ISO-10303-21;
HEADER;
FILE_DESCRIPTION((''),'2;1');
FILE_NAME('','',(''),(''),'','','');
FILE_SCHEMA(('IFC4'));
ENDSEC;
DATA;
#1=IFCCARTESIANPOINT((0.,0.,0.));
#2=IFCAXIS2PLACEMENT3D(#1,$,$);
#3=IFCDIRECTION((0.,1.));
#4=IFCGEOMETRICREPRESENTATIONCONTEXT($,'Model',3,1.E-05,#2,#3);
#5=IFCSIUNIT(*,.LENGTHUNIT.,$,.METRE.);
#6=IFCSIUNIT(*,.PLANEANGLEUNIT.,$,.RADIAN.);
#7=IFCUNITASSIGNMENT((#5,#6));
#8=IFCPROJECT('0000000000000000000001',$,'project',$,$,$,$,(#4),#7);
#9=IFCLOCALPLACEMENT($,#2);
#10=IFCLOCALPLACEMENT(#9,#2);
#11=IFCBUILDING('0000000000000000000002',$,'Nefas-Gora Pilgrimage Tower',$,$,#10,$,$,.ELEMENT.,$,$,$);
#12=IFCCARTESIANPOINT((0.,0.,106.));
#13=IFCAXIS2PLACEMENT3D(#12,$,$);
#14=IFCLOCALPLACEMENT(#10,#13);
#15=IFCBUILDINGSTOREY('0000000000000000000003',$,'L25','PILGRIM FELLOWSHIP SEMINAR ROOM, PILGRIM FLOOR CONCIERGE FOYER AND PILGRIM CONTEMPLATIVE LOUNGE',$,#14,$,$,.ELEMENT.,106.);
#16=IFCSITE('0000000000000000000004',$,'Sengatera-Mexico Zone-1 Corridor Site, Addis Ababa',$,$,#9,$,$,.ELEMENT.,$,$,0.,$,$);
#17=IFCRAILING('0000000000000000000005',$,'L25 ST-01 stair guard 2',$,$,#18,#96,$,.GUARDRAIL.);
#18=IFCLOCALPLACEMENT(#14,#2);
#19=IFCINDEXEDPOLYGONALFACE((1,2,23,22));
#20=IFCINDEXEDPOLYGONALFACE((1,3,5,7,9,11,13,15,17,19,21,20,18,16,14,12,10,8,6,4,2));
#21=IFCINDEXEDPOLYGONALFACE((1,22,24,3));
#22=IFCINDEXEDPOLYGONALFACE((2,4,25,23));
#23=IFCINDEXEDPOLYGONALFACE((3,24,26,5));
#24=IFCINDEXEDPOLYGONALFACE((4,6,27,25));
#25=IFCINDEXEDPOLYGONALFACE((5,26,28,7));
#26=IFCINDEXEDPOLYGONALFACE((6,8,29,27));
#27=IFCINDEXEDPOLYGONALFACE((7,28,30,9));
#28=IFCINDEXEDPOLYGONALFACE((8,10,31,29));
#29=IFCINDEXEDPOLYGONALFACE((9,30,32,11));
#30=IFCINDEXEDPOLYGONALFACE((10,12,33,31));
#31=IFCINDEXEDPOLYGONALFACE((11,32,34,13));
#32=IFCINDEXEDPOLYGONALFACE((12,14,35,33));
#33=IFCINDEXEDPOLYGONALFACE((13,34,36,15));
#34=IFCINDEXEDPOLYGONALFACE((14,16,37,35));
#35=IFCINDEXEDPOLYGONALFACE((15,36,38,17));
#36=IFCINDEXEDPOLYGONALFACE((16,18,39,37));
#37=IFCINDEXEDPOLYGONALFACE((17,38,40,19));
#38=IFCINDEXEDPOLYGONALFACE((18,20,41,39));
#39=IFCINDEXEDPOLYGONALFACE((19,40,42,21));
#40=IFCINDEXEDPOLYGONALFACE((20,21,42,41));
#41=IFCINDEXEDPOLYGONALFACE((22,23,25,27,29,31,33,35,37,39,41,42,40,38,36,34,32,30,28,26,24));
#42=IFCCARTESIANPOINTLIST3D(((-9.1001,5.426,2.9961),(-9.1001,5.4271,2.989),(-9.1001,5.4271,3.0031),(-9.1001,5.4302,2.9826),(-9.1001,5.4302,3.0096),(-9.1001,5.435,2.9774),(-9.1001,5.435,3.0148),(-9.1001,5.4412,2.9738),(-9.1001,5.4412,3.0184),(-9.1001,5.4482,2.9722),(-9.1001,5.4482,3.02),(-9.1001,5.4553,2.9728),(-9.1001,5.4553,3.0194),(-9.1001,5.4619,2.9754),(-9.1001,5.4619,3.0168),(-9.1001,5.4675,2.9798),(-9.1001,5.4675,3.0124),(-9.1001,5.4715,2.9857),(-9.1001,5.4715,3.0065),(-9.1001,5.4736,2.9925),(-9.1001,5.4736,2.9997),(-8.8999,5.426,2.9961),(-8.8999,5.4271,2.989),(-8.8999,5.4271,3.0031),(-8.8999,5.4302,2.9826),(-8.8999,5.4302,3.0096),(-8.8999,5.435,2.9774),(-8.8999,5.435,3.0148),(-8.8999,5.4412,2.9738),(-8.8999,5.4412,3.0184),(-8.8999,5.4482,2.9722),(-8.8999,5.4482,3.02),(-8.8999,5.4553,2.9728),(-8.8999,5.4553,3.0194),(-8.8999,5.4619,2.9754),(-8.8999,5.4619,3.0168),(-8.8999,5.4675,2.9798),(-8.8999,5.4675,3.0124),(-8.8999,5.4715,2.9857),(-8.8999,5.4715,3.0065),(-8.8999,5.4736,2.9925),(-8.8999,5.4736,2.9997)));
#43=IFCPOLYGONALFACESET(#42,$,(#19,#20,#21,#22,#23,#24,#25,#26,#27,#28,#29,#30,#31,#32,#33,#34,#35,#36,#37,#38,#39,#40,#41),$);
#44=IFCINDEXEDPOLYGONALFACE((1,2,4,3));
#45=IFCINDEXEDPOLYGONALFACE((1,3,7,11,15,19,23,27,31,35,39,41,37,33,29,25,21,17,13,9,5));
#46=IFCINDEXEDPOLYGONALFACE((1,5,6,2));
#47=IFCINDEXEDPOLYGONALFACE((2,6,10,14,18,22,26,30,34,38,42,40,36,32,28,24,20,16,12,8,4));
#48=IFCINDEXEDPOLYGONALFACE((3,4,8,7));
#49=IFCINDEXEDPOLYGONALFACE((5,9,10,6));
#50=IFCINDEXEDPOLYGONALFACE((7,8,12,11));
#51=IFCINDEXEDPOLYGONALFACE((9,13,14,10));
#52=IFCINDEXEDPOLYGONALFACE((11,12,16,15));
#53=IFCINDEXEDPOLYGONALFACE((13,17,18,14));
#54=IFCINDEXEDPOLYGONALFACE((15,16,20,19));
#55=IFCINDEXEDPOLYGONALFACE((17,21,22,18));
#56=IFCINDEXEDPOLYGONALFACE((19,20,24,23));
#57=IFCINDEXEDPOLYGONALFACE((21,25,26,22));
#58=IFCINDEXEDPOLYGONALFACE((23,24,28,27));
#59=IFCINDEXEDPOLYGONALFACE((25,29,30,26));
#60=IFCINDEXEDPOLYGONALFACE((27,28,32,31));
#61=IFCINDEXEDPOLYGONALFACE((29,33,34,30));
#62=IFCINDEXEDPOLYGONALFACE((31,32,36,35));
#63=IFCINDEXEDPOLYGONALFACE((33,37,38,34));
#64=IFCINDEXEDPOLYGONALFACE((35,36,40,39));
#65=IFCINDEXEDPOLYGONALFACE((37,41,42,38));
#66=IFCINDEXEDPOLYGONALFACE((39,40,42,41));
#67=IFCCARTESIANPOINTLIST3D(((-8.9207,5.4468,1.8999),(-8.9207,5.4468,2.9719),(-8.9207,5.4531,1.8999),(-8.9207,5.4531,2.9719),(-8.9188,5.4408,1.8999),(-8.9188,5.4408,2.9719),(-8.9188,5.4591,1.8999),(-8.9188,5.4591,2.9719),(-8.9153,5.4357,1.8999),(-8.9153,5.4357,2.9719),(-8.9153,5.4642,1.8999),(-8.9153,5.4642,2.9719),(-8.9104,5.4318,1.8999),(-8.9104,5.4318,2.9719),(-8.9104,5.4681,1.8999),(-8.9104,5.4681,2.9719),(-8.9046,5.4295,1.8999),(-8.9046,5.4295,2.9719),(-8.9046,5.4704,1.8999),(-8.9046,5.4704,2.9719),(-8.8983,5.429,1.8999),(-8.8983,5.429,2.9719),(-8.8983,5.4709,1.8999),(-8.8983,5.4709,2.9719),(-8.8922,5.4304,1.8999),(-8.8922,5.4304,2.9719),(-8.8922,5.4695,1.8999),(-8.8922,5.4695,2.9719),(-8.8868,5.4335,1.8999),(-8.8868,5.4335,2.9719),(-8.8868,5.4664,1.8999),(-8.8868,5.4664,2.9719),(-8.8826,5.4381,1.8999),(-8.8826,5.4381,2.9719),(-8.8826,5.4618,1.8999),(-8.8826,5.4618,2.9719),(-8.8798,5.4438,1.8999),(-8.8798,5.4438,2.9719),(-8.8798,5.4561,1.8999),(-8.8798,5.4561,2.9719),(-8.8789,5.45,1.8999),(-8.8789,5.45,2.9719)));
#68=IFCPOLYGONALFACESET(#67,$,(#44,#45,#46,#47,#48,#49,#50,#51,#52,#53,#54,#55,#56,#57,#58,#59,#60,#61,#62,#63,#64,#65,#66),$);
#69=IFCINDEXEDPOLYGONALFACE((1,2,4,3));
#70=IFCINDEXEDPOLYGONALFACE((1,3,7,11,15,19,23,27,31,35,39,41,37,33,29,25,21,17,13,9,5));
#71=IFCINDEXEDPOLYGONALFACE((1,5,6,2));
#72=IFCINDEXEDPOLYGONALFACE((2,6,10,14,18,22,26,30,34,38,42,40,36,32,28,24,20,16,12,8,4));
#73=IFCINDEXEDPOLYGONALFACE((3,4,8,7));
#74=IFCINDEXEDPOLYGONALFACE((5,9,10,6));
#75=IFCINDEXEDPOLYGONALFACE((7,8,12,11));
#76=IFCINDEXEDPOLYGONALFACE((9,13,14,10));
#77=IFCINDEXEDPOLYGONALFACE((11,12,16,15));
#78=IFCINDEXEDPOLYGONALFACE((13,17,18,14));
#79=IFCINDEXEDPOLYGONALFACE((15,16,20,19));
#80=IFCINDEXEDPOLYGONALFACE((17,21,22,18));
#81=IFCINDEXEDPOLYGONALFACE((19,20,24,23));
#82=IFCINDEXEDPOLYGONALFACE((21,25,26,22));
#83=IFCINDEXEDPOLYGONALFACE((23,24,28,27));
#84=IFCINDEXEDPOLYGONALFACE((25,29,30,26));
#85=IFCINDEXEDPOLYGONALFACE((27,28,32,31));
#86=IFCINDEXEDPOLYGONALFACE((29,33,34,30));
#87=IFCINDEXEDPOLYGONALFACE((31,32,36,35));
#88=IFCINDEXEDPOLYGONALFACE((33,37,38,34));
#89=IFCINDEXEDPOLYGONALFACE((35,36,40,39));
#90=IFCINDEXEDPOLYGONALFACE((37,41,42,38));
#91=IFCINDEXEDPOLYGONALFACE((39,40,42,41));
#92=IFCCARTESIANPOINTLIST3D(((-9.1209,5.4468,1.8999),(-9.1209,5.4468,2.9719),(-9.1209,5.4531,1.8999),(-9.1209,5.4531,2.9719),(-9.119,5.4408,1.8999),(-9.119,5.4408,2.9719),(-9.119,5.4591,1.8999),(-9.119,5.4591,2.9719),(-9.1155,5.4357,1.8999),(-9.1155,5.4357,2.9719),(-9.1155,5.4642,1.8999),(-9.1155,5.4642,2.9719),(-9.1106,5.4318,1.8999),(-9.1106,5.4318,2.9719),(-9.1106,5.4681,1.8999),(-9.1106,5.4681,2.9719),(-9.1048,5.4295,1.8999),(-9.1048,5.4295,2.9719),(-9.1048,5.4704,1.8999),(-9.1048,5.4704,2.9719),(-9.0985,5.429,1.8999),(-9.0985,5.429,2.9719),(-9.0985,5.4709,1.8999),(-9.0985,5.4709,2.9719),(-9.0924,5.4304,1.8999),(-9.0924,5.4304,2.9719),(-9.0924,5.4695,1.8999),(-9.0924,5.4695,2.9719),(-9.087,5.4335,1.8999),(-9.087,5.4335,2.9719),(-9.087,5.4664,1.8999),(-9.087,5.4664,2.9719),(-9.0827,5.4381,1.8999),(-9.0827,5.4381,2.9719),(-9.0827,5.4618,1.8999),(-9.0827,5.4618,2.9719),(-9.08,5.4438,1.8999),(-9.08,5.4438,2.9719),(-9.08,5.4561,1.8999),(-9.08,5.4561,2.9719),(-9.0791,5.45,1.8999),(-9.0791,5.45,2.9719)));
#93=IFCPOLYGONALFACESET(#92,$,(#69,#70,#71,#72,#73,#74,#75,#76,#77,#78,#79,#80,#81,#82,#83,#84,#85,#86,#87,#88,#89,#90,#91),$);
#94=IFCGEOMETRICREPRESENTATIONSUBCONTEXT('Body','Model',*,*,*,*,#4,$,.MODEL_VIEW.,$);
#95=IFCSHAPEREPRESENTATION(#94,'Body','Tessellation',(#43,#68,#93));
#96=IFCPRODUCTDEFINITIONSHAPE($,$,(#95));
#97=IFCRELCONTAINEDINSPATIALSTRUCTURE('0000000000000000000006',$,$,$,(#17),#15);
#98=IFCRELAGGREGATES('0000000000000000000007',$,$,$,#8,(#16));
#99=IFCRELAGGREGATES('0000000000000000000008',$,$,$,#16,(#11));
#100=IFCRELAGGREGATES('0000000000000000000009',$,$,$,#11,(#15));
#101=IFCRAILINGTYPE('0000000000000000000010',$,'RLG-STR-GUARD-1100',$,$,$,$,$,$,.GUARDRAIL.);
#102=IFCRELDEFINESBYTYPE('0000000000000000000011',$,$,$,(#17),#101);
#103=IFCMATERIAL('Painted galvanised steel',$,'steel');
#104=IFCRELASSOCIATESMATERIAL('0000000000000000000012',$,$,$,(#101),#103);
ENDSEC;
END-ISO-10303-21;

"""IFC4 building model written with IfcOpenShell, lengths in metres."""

from ifc_helpers import new_model, si_unit, direction, frame, origin, origin_2d, place, context, subcontext, project, spatial, circle, extrude, material, type_object, element, save


model = new_model("IFC4")

# Units and contexts
model_context = context("Model", 3, precision=1e-05, world=origin(), true_north=direction((0.0, 1.0)))
body_context = subcontext(model_context, "Body", "Model", "MODEL_VIEW")
ifc_project = project(units=[si_unit("LENGTHUNIT", "METRE"), si_unit("PLANEANGLEUNIT", "RADIAN")], contexts=[model_context])

# Site, building, storey
site_placement = place(None, origin())
site = spatial("IfcSite", under=ifc_project, at=site_placement, Name="Sengatera-Mexico Zone-1 Corridor Site, Addis Ababa", CompositionType="ELEMENT", RefElevation=0.0)
building_placement = place(site_placement, origin())
building = spatial("IfcBuilding", under=site, at=building_placement, Name="Nefas-Gora Pilgrimage Tower", CompositionType="ELEMENT")
storey_placement = place(building_placement, frame((0.0, 0.0, 106.0)))
storey = spatial("IfcBuildingStorey", under=building, at=storey_placement, Name="L25", Description="PILGRIM FELLOWSHIP SEMINAR ROOM, PILGRIM FLOOR CONCIERGE FOYER AND PILGRIM CONTEMPLATIVE LOUNGE", CompositionType="ELEMENT", Elevation=106.0)

# Railing
ifc_material_1 = material(Name="Painted galvanised steel", Category="steel")
railing_type_1 = type_object("IfcRailingType", Name="RLG-STR-GUARD-1100", PredefinedType="GUARDRAIL", material=ifc_material_1)
railing_1_placement = place(storey_placement, frame((-8.8999, 5.45, 1.8999)))
element("IfcRailing", 1, at=railing_1_placement, inside=storey, type_object=railing_type_1, Name="L25 ST-01 stair guard 2", PredefinedType="GUARDRAIL", context=body_context, shape_type="SweptSolid", body=[
    extrude(circle(Radius=0.0239, at=origin_2d()), frame((0.0, 0.0, 1.0962), z_axis=(-1.0, 0.0, 0.0), x_axis=(0.0, -1.0, 0.0)), (0.0, 0.0, 1.0), 0.2002),
    extrude(circle(Radius=0.021, at=origin_2d()), origin(), (0.0, 0.0, 1.0), 1.072),
    extrude(circle(Radius=0.021, at=origin_2d()), frame((-0.2002, 0.0, 0.0)), (0.0, 0.0, 1.0), 1.072),
])

save(model, "model.ifc")
